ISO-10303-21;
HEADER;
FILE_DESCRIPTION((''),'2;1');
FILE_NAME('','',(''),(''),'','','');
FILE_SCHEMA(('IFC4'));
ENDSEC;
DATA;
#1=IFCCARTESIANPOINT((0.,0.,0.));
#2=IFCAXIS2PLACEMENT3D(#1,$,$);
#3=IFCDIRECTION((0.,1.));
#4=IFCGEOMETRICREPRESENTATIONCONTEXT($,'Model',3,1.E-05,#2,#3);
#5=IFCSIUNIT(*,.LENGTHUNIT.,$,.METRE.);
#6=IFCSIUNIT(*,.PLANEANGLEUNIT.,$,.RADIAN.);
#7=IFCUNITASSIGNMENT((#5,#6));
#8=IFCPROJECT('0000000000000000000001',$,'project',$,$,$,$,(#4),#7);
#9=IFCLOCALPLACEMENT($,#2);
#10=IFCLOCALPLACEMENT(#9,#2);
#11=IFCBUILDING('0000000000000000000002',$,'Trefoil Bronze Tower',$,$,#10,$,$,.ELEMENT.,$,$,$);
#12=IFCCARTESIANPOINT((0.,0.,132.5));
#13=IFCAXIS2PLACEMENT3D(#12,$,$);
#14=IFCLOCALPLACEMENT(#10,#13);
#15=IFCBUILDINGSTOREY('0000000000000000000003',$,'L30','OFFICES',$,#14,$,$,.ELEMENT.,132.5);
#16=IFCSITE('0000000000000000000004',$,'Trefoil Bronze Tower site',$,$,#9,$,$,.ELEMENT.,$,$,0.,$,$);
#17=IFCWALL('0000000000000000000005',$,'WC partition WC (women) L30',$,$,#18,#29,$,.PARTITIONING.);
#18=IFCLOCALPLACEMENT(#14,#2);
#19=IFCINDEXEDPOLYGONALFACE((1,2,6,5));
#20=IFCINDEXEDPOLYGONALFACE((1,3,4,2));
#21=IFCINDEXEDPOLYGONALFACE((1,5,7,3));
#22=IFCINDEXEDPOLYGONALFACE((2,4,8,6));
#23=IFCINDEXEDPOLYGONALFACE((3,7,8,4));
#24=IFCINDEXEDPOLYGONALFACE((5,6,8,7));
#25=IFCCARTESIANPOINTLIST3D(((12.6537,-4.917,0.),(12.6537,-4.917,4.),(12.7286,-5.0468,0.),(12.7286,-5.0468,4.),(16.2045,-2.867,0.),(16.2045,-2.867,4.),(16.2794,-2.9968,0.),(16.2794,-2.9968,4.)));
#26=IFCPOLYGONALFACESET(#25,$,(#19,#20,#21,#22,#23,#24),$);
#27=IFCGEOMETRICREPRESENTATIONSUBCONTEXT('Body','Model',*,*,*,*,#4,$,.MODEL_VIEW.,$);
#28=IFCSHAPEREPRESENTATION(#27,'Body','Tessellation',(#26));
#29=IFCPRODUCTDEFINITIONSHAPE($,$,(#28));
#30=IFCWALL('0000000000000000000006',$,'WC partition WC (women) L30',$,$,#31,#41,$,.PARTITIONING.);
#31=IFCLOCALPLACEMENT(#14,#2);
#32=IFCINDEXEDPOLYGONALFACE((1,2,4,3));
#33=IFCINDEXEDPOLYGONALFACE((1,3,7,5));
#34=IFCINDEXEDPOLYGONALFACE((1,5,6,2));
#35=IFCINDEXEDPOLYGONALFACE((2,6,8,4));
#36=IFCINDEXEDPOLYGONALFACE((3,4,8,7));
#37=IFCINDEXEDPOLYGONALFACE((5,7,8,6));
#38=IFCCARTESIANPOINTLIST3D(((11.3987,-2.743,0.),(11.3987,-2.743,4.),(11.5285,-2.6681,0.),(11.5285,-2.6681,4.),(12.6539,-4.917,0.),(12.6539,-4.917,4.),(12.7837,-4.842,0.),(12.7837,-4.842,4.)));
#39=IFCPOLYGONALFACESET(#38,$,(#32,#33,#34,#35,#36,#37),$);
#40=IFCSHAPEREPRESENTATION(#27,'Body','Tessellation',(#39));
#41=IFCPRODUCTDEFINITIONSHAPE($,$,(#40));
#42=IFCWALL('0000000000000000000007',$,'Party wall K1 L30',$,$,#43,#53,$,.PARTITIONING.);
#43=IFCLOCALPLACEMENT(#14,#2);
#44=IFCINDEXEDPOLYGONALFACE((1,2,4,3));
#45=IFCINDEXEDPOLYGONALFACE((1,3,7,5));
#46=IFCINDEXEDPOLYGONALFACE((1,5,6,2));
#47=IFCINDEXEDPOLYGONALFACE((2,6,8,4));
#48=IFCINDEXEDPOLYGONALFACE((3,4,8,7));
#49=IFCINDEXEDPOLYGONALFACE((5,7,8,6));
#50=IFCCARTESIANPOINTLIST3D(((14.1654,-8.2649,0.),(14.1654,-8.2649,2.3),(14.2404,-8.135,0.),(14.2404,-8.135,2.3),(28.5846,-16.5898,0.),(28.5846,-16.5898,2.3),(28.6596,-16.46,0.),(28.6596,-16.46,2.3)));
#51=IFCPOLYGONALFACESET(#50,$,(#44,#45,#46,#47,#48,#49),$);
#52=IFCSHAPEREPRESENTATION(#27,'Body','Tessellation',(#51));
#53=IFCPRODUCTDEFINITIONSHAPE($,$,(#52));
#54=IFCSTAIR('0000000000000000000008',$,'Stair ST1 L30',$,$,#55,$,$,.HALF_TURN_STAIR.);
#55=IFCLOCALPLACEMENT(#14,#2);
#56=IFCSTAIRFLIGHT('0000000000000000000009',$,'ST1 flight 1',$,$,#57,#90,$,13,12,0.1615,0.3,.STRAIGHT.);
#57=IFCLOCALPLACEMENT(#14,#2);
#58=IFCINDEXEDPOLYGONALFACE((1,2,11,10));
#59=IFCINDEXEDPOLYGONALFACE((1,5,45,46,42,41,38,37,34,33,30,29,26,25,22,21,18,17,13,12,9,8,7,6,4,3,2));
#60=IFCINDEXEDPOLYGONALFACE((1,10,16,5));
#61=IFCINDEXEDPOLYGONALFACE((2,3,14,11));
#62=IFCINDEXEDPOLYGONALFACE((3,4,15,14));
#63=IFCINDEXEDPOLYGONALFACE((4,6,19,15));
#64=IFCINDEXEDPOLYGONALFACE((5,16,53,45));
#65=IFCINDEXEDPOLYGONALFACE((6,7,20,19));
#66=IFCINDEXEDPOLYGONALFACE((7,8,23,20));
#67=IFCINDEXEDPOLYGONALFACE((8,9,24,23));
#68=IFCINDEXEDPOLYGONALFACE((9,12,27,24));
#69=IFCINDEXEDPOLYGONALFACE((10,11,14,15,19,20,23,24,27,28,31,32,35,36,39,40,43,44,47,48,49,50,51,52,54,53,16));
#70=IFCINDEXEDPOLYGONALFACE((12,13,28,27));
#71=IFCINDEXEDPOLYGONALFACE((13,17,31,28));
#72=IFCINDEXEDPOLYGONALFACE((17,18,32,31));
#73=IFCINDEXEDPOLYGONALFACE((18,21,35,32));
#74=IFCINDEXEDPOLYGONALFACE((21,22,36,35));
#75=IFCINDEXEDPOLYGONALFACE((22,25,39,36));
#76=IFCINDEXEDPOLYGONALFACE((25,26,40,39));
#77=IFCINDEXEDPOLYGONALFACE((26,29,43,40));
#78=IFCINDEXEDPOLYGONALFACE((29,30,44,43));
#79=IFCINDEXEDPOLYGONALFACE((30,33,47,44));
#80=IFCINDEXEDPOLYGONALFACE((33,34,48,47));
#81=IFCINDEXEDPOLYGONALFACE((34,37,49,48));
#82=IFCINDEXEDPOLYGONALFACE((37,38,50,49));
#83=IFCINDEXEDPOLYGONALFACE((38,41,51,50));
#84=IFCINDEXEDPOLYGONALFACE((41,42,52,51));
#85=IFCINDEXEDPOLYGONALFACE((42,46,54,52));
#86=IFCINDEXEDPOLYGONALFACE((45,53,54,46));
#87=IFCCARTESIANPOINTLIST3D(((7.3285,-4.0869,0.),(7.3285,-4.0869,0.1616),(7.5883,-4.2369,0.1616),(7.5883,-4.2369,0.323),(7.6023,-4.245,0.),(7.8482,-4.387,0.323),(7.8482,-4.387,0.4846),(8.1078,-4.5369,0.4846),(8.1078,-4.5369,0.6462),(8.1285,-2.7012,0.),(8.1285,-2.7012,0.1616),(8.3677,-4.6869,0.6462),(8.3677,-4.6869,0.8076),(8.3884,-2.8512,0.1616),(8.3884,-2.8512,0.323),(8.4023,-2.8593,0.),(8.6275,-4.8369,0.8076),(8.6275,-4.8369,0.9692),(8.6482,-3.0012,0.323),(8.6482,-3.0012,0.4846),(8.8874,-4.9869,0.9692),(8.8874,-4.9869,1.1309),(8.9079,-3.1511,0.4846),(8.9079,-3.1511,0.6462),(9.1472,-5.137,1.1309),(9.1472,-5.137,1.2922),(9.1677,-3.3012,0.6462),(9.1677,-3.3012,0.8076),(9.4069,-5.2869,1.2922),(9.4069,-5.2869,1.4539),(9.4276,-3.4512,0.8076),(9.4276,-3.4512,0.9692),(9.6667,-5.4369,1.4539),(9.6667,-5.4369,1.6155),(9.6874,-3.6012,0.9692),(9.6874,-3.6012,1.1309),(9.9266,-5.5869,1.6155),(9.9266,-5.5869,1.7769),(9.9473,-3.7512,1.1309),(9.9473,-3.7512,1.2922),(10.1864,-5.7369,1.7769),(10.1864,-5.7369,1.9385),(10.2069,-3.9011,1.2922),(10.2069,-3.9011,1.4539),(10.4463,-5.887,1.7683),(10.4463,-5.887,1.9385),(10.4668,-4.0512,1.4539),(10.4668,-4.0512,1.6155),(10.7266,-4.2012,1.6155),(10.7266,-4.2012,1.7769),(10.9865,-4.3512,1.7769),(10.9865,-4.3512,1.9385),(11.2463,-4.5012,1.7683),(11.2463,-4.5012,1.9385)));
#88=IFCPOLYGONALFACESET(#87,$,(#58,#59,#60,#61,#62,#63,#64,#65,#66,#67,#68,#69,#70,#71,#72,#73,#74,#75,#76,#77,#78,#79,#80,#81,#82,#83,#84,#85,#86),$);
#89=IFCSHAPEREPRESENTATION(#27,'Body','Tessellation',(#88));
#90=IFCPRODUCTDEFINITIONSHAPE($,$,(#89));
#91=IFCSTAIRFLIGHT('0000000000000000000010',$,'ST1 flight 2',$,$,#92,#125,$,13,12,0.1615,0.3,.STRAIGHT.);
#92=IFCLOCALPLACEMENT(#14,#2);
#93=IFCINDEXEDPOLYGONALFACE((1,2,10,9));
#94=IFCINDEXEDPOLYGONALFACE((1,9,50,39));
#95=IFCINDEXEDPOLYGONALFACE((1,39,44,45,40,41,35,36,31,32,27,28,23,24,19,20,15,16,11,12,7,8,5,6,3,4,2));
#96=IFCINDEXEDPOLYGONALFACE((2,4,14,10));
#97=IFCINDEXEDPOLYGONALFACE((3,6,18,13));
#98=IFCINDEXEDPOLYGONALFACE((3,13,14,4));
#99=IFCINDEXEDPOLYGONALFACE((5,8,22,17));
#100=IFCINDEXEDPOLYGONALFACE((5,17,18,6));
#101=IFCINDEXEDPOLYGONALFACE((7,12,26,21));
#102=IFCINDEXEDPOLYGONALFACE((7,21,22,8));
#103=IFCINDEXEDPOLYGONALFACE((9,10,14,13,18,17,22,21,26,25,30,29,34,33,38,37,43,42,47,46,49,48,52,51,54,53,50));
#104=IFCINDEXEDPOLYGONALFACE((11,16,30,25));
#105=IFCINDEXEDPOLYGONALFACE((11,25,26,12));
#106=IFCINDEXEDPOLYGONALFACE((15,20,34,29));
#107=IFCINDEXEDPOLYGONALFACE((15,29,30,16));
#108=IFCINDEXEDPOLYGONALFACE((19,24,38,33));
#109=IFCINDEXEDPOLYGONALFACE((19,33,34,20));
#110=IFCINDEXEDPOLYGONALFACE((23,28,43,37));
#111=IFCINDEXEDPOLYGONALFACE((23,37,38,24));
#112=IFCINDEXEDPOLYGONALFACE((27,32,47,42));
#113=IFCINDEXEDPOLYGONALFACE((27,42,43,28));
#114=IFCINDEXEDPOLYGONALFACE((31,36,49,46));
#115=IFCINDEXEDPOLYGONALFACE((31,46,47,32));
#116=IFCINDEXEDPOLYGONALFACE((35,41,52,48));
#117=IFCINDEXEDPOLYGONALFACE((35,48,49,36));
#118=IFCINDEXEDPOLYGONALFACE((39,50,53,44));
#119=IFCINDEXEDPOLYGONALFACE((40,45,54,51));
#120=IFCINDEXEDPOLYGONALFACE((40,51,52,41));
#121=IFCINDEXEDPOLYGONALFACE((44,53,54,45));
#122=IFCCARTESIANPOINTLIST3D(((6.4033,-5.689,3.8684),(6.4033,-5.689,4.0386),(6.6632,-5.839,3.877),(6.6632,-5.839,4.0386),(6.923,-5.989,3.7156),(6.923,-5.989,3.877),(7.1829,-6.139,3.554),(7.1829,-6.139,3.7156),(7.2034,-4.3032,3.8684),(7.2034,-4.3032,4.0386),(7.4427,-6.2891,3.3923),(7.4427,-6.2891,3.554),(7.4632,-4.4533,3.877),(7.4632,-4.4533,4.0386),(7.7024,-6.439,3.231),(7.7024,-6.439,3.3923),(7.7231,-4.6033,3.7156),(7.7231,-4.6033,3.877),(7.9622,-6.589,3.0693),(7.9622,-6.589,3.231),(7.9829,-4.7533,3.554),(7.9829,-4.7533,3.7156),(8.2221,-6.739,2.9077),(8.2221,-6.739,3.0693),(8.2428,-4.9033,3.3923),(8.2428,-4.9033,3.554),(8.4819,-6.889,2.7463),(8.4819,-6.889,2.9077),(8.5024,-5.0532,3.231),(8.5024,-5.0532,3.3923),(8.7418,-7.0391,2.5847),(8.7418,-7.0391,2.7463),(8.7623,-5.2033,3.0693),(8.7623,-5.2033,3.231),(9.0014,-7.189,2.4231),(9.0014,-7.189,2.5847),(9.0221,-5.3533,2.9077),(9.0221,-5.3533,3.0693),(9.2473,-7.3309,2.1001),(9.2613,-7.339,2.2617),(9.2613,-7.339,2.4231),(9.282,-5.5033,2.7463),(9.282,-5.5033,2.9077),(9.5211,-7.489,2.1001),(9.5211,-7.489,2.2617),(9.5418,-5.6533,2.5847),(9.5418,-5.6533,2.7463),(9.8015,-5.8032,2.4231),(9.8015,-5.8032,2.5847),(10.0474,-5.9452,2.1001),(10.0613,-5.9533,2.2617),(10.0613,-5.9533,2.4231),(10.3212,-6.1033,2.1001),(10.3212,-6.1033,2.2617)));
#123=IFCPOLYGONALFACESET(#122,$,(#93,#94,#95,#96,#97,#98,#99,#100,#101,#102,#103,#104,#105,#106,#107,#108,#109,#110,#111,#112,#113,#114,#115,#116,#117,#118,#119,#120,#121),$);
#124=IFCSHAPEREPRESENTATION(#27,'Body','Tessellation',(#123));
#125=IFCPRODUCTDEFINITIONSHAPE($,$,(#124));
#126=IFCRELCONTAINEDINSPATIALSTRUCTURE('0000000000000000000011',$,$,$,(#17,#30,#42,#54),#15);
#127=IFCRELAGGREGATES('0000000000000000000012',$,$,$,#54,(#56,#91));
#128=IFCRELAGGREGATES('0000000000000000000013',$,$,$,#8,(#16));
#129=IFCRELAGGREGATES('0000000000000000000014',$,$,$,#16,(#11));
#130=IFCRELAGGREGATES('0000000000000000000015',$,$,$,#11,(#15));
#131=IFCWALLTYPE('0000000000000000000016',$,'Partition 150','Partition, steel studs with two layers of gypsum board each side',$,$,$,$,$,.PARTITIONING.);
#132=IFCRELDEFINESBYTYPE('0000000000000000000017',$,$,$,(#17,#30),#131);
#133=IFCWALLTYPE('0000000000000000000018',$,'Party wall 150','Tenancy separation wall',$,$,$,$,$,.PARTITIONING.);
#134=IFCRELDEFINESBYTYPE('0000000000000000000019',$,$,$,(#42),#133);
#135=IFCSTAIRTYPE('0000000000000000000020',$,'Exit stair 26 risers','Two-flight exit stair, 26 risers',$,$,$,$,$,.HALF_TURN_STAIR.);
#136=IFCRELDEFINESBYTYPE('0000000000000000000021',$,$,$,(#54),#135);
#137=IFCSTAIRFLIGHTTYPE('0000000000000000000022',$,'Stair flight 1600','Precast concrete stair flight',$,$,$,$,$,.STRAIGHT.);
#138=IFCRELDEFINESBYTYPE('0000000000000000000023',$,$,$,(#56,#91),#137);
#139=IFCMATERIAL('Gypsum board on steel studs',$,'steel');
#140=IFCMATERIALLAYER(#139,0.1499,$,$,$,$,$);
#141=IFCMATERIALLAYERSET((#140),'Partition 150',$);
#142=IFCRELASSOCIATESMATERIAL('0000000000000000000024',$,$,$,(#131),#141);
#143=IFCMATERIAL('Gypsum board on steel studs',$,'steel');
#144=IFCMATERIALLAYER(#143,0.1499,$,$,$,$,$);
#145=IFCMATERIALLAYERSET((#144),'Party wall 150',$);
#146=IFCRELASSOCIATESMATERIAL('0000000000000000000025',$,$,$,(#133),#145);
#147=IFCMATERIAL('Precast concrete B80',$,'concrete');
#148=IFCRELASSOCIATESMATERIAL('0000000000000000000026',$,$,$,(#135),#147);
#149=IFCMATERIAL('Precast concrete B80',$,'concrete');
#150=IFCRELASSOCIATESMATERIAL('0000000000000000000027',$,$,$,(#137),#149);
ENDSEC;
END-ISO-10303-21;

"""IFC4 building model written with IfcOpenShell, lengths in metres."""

from ifc_helpers import new_model, si_unit, direction, frame, frame_2d, origin, place, context, subcontext, project, spatial, polyline, rectangle, outline, extrude, material, layer, layer_set, type_object, element, aggregate, save


model = new_model("IFC4")

# Units and contexts
model_context = context("Model", 3, precision=1e-05, world=origin(), true_north=direction((0.0, 1.0)))
body_context = subcontext(model_context, "Body", "Model", "MODEL_VIEW")
ifc_project = project(units=[si_unit("LENGTHUNIT", "METRE"), si_unit("PLANEANGLEUNIT", "RADIAN")], contexts=[model_context])

# Site, building, storey
site_placement = place(None, origin())
site = spatial("IfcSite", under=ifc_project, at=site_placement, Name="Trefoil Bronze Tower site", CompositionType="ELEMENT", RefElevation=0.0)
building_placement = place(site_placement, origin())
building = spatial("IfcBuilding", under=site, at=building_placement, Name="Trefoil Bronze Tower", CompositionType="ELEMENT")
storey_placement = place(building_placement, frame((0.0, 0.0, 132.5)))
storey = spatial("IfcBuildingStorey", under=building, at=storey_placement, Name="L30", Description="OFFICES", CompositionType="ELEMENT", Elevation=132.5)

# Shared definitions
ifc_material_1 = material(Name="Gypsum board on steel studs", Category="steel")
ifc_layer_1 = layer(ifc_material_1, 0.1499)
ifc_layer_set_1 = layer_set([ifc_layer_1], Name="Partition 150")
wall_type_1 = type_object("IfcWallType", Name="Partition 150", Description="Partition, steel studs with two layers of gypsum board each side", PredefinedType="PARTITIONING", material=ifc_layer_set_1)

# Walls
wall_1_placement = place(storey_placement, frame((12.6912, -4.9819, 0.0), z_axis=(0.0, 0.0, 1.0), x_axis=(0.866025, 0.500001, 0.0)))
element("IfcWall", 1, at=wall_1_placement, inside=storey, type_object=wall_type_1, Name="WC partition WC (women) L30", PredefinedType="PARTITIONING", context=body_context, shape_type="SweptSolid", body=[
    extrude(rectangle(XDim=4.1001, YDim=0.1499, at=frame_2d((2.05, 0.0))), origin(), (0.0, 0.0, 1.0), 4.0),
])
wall_2_placement = place(storey_placement, frame((11.4636, -2.7056, 0.0), z_axis=(0.0, 0.0, 1.0), x_axis=(0.50002, -0.866014, 0.0)))
element("IfcWall", 2, at=wall_2_placement, inside=storey, type_object=wall_type_1, Name="WC partition WC (women) L30", PredefinedType="PARTITIONING", context=body_context, shape_type="SweptSolid", body=[
    extrude(rectangle(XDim=2.5103, YDim=0.1499, at=frame_2d((1.2551, 0.0))), origin(), (0.0, 0.0, 1.0), 4.0),
])
ifc_material_2 = material(Name="Gypsum board on steel studs", Category="steel")
ifc_layer_2 = layer(ifc_material_2, 0.1499)
ifc_layer_set_2 = layer_set([ifc_layer_2], Name="Party wall 150")
wall_type_2 = type_object("IfcWallType", Name="Party wall 150", Description="Tenancy separation wall", PredefinedType="PARTITIONING", material=ifc_layer_set_2)
wall_3_placement = place(storey_placement, frame((14.2029, -8.2, 0.0), z_axis=(0.0, 0.0, 1.0), x_axis=(0.866025, -0.500001, 0.0)))
element("IfcWall", 3, at=wall_3_placement, inside=storey, type_object=wall_type_2, Name="Party wall K1 L30", PredefinedType="PARTITIONING", context=body_context, shape_type="SweptSolid", body=[
    extrude(rectangle(XDim=16.6499, YDim=0.1499, at=frame_2d((8.325, 0.0))), origin(), (0.0, 0.0, 1.0), 2.3),
])

# Stair, stair flights
ifc_material_3 = material(Name="Precast concrete B80", Category="concrete")
stair_type = type_object("IfcStairType", Name="Exit stair 26 risers", Description="Two-flight exit stair, 26 risers", PredefinedType="HALF_TURN_STAIR", material=ifc_material_3)
stair_placement = place(storey_placement, origin())
stair = element("IfcStair", 4, at=stair_placement, inside=storey, type_object=stair_type, Name="Stair ST1 L30", PredefinedType="HALF_TURN_STAIR")
ifc_material_4 = material(Name="Precast concrete B80", Category="concrete")
stair_flight_type = type_object("IfcStairFlightType", Name="Stair flight 1600", Description="Precast concrete stair flight", PredefinedType="STRAIGHT", material=ifc_material_4)
stair_flight_1_placement = place(storey_placement, frame((7.7285, -3.394, 0.0), z_axis=(0.0, 0.0, 1.0), x_axis=(0.866025, -0.5, 0.0)))
stair_flight_1 = element("IfcStairFlight", 5, at=stair_flight_1_placement, type_object=stair_flight_type, Name="ST1 flight 1", NumberOfRisers=13, NumberOfTreads=12, PredefinedType="STRAIGHT", RiserHeight=0.1615, TreadLength=0.3, context=body_context, shape_type="SweptSolid", body=[
    extrude(outline(polyline([(0.0, 0.0), (0.0, 0.1616), (0.3, 0.1616), (0.3, 0.323), (0.6001, 0.323), (0.6001, 0.4846), (0.8999, 0.4846), (0.8999, 0.6462), (1.2, 0.6462), (1.2, 0.8076), (1.5, 0.8076), (1.5, 0.9692), (1.8, 0.9692), (1.8, 1.1309), (2.1001, 1.1309), (2.1001, 1.2922), (2.3999, 1.2922), (2.3999, 1.4539), (2.7, 1.4539), (2.7, 1.6155), (3.0, 1.6155), (3.0, 1.7769), (3.3, 1.7769), (3.3, 1.9385), (3.6001, 1.9385), (3.6001, 2.1001), (3.6001, 1.7683), (0.3162, 0.0), (0.0, 0.0)])), frame((0.0, 0.8, 0.0), z_axis=(0.0, -1.0, 0.0), x_axis=(1.0, 0.0, 0.0)), (0.0, 0.0, 1.0), 1.6001),
])
stair_flight_2_placement = place(storey_placement, frame((9.9211, -6.7961, 2.1001), z_axis=(0.0, 0.0, 1.0), x_axis=(-0.866025, 0.5, 0.0)))
stair_flight_2 = element("IfcStairFlight", 6, at=stair_flight_2_placement, type_object=stair_flight_type, Name="ST1 flight 2", NumberOfRisers=13, NumberOfTreads=12, PredefinedType="STRAIGHT", RiserHeight=0.1615, TreadLength=0.3, context=body_context, shape_type="SweptSolid", body=[
    extrude(outline(polyline([(0.0, 0.0), (0.0, 0.1616), (0.3, 0.1616), (0.3, 0.323), (0.6001, 0.323), (0.6001, 0.4846), (0.8999, 0.4846), (0.8999, 0.6462), (1.2, 0.6462), (1.2, 0.8076), (1.5, 0.8076), (1.5, 0.9692), (1.8, 0.9692), (1.8, 1.1309), (2.1001, 1.1309), (2.1001, 1.2922), (2.3999, 1.2922), (2.3999, 1.4539), (2.7, 1.4539), (2.7, 1.6155), (3.0, 1.6155), (3.0, 1.7769), (3.3, 1.7769), (3.3, 1.9385), (3.6001, 1.9385), (3.6001, 2.1001), (3.6001, 1.7683), (0.3162, 0.0), (0.0, 0.0)])), frame((0.0, 0.8, 0.0), z_axis=(0.0, -1.0, 0.0), x_axis=(1.0, 0.0, 0.0)), (0.0, 0.0, 1.0), 1.6001),
])
aggregate(stair, [stair_flight_1, stair_flight_2])

save(model, "model.ifc")
